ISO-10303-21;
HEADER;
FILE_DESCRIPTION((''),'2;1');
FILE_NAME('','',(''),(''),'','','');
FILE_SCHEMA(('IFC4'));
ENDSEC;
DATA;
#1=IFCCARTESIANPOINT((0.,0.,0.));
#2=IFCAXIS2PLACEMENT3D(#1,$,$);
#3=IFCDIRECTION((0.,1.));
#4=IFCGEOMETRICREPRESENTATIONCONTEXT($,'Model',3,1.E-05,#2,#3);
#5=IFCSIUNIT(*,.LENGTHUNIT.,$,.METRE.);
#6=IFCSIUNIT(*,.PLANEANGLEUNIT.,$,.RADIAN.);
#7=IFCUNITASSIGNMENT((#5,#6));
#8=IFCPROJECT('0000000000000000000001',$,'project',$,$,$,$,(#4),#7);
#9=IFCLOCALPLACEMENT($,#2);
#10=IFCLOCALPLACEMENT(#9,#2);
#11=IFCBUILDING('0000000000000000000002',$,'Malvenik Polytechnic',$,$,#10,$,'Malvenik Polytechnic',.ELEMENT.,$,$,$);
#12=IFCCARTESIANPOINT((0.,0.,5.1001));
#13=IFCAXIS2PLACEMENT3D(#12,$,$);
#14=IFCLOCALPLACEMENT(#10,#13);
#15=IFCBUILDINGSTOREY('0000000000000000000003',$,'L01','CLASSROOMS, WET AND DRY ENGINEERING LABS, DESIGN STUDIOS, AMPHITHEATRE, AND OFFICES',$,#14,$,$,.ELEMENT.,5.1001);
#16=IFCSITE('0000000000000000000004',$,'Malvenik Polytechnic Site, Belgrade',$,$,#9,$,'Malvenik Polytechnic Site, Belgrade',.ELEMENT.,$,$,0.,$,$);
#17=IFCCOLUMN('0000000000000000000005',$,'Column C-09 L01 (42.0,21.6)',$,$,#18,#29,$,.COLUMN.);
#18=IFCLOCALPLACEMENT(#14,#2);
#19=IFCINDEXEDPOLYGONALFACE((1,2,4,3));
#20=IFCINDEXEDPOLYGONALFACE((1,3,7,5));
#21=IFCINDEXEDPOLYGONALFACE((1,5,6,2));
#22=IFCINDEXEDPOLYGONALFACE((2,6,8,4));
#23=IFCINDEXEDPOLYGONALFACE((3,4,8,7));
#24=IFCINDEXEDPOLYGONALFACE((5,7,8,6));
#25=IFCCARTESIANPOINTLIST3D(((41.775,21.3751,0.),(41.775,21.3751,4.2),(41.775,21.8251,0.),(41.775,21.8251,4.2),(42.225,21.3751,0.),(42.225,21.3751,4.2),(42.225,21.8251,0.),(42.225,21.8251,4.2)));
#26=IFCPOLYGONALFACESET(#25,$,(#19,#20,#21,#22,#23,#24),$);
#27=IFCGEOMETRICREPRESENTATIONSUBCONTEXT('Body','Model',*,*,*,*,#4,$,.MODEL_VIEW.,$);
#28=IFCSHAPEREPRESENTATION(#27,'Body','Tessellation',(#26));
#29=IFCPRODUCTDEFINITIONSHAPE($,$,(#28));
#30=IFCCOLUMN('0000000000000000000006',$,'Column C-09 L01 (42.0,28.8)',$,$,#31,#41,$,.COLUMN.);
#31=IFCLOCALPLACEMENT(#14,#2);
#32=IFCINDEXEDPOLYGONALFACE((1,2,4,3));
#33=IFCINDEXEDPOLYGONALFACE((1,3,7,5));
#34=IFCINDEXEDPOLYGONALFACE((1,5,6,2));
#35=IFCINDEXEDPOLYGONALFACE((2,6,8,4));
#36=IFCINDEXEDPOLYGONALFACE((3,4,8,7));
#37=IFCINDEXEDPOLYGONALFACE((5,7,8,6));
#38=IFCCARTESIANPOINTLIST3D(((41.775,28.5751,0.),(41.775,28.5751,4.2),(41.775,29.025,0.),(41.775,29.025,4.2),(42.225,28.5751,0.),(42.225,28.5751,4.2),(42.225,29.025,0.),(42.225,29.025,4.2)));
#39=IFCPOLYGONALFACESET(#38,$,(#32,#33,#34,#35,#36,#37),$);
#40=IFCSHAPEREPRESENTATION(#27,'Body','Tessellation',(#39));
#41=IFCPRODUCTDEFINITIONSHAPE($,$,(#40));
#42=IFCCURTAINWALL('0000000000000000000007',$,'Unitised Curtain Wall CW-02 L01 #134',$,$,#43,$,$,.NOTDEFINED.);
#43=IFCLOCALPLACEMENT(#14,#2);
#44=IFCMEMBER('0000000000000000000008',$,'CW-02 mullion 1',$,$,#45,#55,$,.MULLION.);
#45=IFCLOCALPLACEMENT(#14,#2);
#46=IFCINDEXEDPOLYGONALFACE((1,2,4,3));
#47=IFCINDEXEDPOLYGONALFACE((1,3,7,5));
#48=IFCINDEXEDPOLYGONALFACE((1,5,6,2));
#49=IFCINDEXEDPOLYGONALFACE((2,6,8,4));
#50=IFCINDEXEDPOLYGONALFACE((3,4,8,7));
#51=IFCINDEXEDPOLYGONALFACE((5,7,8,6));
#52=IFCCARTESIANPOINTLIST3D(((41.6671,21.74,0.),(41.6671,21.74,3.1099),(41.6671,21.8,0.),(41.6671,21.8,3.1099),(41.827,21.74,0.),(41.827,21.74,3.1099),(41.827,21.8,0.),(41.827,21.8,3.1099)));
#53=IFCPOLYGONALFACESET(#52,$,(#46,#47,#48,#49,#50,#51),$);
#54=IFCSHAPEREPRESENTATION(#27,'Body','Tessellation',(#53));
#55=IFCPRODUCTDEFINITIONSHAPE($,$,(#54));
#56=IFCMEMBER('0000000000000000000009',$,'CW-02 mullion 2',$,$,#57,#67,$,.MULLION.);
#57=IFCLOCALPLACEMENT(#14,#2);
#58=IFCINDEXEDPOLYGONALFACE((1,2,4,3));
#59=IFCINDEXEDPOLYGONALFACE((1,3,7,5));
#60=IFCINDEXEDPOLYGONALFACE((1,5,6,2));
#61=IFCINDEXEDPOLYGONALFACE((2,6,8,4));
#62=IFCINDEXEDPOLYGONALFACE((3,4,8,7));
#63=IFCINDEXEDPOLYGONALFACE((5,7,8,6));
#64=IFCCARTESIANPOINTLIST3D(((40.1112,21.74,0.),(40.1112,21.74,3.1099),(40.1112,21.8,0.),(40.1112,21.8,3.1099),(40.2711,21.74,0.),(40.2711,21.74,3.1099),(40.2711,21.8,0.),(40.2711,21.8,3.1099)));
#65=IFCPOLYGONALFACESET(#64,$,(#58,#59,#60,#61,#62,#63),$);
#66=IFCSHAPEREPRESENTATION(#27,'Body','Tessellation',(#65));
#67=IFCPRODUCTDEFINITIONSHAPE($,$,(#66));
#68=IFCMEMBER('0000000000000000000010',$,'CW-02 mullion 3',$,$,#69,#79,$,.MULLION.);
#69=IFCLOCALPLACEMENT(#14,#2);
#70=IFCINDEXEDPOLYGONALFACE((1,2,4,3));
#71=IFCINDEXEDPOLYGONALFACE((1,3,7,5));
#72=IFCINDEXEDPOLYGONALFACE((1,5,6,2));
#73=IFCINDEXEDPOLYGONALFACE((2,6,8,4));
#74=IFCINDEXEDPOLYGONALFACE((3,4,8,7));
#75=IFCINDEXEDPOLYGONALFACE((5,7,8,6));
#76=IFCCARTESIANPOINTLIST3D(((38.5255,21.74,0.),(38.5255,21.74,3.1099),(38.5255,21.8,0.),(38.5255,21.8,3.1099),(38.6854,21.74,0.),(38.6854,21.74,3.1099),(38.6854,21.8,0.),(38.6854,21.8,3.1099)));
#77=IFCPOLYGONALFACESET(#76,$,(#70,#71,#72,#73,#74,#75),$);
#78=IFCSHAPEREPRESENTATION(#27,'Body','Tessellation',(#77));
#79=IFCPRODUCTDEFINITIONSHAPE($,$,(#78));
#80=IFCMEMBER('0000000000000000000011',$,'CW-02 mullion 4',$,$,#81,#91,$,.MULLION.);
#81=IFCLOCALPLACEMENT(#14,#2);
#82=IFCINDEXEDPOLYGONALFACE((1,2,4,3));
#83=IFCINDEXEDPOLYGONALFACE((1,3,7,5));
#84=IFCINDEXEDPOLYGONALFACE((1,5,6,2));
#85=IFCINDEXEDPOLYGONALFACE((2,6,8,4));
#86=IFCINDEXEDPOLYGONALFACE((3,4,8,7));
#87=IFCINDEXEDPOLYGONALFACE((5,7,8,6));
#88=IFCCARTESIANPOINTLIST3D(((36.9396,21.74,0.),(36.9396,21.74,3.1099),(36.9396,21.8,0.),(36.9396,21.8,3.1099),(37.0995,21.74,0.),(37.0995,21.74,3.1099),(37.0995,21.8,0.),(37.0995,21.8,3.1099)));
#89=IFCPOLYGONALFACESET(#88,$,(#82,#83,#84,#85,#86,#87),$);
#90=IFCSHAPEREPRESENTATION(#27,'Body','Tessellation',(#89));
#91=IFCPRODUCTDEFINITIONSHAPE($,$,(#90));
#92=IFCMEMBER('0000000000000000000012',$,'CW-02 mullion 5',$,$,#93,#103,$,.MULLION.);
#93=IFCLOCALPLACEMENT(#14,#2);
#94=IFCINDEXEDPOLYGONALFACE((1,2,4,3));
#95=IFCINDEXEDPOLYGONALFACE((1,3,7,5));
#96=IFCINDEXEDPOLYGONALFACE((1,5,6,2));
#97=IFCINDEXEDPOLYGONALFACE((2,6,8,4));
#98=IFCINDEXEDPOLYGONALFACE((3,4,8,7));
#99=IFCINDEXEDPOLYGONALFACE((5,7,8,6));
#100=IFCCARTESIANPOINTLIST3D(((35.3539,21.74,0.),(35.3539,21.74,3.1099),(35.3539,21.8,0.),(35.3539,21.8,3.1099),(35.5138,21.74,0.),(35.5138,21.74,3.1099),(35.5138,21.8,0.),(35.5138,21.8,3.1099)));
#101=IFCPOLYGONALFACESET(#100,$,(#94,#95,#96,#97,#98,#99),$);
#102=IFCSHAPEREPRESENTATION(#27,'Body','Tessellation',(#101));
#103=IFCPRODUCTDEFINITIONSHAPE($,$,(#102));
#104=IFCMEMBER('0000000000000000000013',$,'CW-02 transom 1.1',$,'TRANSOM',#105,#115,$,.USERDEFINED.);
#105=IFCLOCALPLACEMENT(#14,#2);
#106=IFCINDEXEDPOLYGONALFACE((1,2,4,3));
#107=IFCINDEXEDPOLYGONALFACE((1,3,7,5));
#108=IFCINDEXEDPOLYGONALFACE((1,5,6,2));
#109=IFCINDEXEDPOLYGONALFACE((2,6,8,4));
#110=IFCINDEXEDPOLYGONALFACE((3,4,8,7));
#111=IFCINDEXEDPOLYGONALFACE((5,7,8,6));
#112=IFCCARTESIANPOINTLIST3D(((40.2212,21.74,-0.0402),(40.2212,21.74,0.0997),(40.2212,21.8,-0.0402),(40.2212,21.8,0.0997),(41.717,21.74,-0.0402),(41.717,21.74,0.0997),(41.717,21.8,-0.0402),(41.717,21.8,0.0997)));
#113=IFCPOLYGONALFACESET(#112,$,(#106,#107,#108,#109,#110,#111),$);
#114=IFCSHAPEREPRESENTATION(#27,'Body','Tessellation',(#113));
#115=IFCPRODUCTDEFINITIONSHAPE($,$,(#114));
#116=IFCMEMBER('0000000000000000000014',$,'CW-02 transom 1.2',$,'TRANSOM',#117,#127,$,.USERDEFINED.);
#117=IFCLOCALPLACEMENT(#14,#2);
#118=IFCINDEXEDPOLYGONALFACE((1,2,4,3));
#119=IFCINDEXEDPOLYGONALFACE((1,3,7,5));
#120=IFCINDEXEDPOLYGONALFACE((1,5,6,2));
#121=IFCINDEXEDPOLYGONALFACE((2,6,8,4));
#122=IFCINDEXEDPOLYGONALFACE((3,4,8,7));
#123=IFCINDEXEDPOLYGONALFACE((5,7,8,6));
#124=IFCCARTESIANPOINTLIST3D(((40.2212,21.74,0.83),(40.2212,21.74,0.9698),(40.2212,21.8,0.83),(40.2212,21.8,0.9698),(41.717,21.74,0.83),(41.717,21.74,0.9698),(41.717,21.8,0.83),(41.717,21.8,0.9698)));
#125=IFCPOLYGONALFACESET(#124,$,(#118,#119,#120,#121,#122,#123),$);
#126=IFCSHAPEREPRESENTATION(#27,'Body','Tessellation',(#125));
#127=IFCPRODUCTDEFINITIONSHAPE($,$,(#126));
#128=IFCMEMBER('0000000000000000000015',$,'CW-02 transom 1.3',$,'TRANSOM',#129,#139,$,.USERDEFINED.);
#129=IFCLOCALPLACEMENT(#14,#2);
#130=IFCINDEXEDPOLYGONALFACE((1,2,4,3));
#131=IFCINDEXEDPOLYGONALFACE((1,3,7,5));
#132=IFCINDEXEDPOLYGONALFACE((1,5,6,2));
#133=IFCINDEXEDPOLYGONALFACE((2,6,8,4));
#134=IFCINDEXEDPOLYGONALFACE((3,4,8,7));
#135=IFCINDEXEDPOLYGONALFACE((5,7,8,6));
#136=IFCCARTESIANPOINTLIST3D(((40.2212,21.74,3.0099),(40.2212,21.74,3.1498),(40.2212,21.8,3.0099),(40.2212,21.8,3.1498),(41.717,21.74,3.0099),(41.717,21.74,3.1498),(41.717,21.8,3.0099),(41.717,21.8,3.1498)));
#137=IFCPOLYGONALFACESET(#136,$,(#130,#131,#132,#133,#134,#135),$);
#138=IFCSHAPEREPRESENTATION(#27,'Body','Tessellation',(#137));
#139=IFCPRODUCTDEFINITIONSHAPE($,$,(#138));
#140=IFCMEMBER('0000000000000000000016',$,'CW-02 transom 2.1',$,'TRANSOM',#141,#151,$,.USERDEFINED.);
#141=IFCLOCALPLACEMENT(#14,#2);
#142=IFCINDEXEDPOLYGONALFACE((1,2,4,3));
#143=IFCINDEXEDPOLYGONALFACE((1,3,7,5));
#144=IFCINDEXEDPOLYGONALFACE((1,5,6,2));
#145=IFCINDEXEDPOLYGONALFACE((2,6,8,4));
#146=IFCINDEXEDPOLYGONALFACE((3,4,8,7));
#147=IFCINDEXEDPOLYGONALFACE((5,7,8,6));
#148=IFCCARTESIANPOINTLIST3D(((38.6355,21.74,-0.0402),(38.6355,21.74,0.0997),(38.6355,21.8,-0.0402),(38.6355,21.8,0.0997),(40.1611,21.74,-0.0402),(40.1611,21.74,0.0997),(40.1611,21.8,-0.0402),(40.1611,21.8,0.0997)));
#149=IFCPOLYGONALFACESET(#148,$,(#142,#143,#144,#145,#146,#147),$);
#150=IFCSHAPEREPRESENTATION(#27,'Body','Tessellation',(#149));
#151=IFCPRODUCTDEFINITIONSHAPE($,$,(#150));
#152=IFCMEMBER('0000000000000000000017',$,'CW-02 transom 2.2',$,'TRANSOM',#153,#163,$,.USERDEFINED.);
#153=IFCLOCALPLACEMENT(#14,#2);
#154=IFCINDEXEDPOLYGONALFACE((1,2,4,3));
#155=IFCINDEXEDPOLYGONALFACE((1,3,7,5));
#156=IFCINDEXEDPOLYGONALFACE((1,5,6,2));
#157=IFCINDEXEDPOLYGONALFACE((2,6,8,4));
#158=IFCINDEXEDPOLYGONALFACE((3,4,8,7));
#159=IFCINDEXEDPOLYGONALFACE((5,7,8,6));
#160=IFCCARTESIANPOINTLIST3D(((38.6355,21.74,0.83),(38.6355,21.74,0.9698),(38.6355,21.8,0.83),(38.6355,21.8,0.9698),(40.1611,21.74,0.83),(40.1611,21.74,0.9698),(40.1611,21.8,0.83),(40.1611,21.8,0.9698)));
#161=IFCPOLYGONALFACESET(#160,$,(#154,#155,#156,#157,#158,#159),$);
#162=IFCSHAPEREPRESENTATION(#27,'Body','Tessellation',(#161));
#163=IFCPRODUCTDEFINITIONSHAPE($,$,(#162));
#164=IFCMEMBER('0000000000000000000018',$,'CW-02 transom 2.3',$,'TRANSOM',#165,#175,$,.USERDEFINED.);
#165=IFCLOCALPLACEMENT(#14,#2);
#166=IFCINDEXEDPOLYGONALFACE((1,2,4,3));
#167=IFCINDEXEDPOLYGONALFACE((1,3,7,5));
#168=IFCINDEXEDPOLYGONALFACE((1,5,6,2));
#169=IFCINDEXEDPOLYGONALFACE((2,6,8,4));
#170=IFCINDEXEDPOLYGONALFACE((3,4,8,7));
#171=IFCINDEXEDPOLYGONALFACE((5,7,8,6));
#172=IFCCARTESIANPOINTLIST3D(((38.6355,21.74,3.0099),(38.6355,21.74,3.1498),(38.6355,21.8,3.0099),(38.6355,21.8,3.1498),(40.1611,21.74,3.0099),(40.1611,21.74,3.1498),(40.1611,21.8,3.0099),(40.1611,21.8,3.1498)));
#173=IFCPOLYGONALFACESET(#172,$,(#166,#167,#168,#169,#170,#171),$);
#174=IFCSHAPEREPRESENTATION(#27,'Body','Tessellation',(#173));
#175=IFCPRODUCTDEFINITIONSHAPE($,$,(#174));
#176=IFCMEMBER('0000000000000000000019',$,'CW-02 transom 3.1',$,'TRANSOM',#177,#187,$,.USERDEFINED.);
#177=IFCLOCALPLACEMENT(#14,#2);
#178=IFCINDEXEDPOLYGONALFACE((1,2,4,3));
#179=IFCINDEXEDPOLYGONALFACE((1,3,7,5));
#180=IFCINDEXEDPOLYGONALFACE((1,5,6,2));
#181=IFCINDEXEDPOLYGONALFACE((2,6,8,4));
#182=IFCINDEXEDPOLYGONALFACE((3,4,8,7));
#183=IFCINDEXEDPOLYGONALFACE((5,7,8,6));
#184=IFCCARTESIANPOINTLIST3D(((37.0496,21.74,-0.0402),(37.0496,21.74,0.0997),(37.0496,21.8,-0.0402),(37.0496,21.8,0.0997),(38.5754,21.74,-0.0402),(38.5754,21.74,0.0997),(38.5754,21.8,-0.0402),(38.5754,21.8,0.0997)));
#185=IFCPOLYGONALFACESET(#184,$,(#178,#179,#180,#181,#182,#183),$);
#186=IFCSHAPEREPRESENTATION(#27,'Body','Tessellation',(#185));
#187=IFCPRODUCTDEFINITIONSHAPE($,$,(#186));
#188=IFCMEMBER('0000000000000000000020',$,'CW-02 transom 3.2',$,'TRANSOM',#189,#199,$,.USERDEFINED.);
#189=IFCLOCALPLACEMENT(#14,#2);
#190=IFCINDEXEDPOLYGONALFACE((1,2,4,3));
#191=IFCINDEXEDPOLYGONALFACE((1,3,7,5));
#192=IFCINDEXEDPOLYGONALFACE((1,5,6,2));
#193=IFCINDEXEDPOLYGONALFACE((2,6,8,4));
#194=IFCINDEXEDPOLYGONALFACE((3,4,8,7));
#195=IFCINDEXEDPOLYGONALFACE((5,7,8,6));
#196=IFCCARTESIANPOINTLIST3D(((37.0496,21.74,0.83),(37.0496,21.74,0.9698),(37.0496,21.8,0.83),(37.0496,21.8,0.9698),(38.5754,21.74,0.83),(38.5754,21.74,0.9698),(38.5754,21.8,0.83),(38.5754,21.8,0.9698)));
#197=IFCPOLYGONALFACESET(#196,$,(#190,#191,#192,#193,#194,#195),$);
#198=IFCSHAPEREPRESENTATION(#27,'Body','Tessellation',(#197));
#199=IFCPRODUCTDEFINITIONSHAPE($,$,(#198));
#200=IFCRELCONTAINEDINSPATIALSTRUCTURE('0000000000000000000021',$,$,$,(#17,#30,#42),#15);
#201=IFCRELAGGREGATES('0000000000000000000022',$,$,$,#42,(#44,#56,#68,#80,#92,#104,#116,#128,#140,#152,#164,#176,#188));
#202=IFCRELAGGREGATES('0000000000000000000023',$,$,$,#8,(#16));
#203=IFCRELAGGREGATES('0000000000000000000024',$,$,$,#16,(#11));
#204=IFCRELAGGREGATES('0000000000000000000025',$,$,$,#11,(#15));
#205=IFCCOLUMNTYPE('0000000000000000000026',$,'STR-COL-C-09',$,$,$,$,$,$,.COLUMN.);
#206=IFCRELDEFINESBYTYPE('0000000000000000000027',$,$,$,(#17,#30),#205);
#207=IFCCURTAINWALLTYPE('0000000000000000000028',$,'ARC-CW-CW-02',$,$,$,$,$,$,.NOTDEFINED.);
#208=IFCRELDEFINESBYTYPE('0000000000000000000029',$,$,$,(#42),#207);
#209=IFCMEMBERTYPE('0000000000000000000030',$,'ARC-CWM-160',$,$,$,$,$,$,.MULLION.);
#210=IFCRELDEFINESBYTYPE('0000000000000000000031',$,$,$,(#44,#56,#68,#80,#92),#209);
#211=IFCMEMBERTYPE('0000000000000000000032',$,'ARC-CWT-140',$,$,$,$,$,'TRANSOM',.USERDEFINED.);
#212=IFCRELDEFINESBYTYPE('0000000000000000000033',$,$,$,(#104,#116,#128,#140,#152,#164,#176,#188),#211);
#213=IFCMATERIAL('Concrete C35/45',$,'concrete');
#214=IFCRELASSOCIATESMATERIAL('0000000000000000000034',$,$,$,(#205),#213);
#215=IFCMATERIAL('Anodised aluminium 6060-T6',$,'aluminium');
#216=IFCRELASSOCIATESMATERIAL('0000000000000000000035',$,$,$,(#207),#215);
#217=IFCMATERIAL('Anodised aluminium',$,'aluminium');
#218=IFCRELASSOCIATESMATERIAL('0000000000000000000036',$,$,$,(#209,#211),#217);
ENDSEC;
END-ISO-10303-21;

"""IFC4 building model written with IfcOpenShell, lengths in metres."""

from ifc_helpers import new_model, si_unit, direction, frame, origin, origin_2d, place, context, subcontext, project, spatial, rectangle, extrude, material, material_profile, profile_set, type_object, element, aggregate, save


model = new_model("IFC4")

# Units and contexts
model_context = context("Model", 3, precision=1e-05, world=origin(), true_north=direction((0.0, 1.0)))
body_context = subcontext(model_context, "Body", "Model", "MODEL_VIEW")
ifc_project = project(units=[si_unit("LENGTHUNIT", "METRE"), si_unit("PLANEANGLEUNIT", "RADIAN")], contexts=[model_context])

# Site, building, storey
site_placement = place(None, origin())
site = spatial("IfcSite", under=ifc_project, at=site_placement, Name="Malvenik Polytechnic Site, Belgrade", LongName="Malvenik Polytechnic Site, Belgrade", CompositionType="ELEMENT", RefElevation=0.0)
building_placement = place(site_placement, origin())
building = spatial("IfcBuilding", under=site, at=building_placement, Name="Malvenik Polytechnic", LongName="Malvenik Polytechnic", CompositionType="ELEMENT")
storey_placement = place(building_placement, frame((0.0, 0.0, 5.1001)))
storey = spatial("IfcBuildingStorey", under=building, at=storey_placement, Name="L01", Description="CLASSROOMS, WET AND DRY ENGINEERING LABS, DESIGN STUDIOS, AMPHITHEATRE, AND OFFICES", CompositionType="ELEMENT", Elevation=5.1001)

# Columns
ifc_material_1 = material(Name="Concrete C35/45", Category="concrete")
ifc_material_profile_1 = material_profile(ifc_material_1, rectangle(XDim=0.45, YDim=0.45, at=origin_2d()), Name="RC COL 450x450")
ifc_profile_set_1 = profile_set([ifc_material_profile_1], Name="Concrete C35/45")
column_type = type_object("IfcColumnType", Name="STR-COL-C-09", PredefinedType="COLUMN", material=ifc_profile_set_1)
for number, where, z_axis, x_axis, name in (
    (1, (42.0, 21.6001, 0.0), (0.0, 0.0, 1.0), (1.0, 0.0, 0.0), "Column C-09 L01 (42.0,21.6)"),
    (2, (42.0, 28.8, 0.0), (0.0, 0.0, 1.0), (1.0, 0.0, 0.0), "Column C-09 L01 (42.0,28.8)"),
):
    element("IfcColumn", number, at=place(storey_placement, frame(where, z_axis=z_axis, x_axis=x_axis)), inside=storey, type_object=column_type, Name=name, PredefinedType="COLUMN", context=body_context, shape_type="SweptSolid", body=[
        extrude(rectangle(XDim=0.45, YDim=0.45, at=origin_2d()), origin(), (0.0, 0.0, 1.0), 4.2),
    ])

# Curtain wall, members
ifc_material_2 = material(Name="Anodised aluminium 6060-T6", Category="aluminium")
curtain_wall_type = type_object("IfcCurtainWallType", Name="ARC-CW-CW-02", PredefinedType="NOTDEFINED", material=ifc_material_2)
curtain_wall_placement = place(storey_placement, origin())
curtain_wall = element("IfcCurtainWall", 3, at=curtain_wall_placement, inside=storey, type_object=curtain_wall_type, Name="Unitised Curtain Wall CW-02 L01 #134", PredefinedType="NOTDEFINED")
ifc_material_3 = material(Name="Anodised aluminium", Category="aluminium")
ifc_material_profile_2 = material_profile(ifc_material_3, rectangle(XDim=0.0601, YDim=0.1599, at=origin_2d()), Name="ALU MULLION 60x160")
ifc_profile_set_2 = profile_set([ifc_material_profile_2], Name="Anodised aluminium")
member_type_1 = type_object("IfcMemberType", Name="ARC-CWM-160", PredefinedType="MULLION", material=ifc_profile_set_2)
member_1_placement = place(storey_placement, frame((41.7471, 21.77, 0.0), z_axis=(0.0, 0.0, 1.0), x_axis=(0.0, -1.0, 0.0)))
member_1 = element("IfcMember", 4, at=member_1_placement, type_object=member_type_1, Name="CW-02 mullion 1", PredefinedType="MULLION", context=body_context, shape_type="SweptSolid", body=[
    extrude(rectangle(XDim=0.0601, YDim=0.1599, at=origin_2d()), origin(), (0.0, 0.0, 1.0), 3.1099),
])
member_2_placement = place(storey_placement, frame((40.1912, 21.77, 0.0), z_axis=(0.0, 0.0, 1.0), x_axis=(0.0, -1.0, 0.0)))
member_2 = element("IfcMember", 5, at=member_2_placement, type_object=member_type_1, Name="CW-02 mullion 2", PredefinedType="MULLION", context=body_context, shape_type="SweptSolid", body=[
    extrude(rectangle(XDim=0.0601, YDim=0.1599, at=origin_2d()), origin(), (0.0, 0.0, 1.0), 3.1099),
])
member_3_placement = place(storey_placement, frame((38.6055, 21.77, 0.0), z_axis=(0.0, 0.0, 1.0), x_axis=(0.0, -1.0, 0.0)))
member_3 = element("IfcMember", 6, at=member_3_placement, type_object=member_type_1, Name="CW-02 mullion 3", PredefinedType="MULLION", context=body_context, shape_type="SweptSolid", body=[
    extrude(rectangle(XDim=0.0601, YDim=0.1599, at=origin_2d()), origin(), (0.0, 0.0, 1.0), 3.1099),
])
member_4_placement = place(storey_placement, frame((37.0195, 21.77, 0.0), z_axis=(0.0, 0.0, 1.0), x_axis=(0.0, -1.0, 0.0)))
member_4 = element("IfcMember", 7, at=member_4_placement, type_object=member_type_1, Name="CW-02 mullion 4", PredefinedType="MULLION", context=body_context, shape_type="SweptSolid", body=[
    extrude(rectangle(XDim=0.0601, YDim=0.1599, at=origin_2d()), origin(), (0.0, 0.0, 1.0), 3.1099),
])
member_5_placement = place(storey_placement, frame((35.4338, 21.77, 0.0), z_axis=(0.0, 0.0, 1.0), x_axis=(0.0, -1.0, 0.0)))
member_5 = element("IfcMember", 8, at=member_5_placement, type_object=member_type_1, Name="CW-02 mullion 5", PredefinedType="MULLION", context=body_context, shape_type="SweptSolid", body=[
    extrude(rectangle(XDim=0.0601, YDim=0.1599, at=origin_2d()), origin(), (0.0, 0.0, 1.0), 3.1099),
])
ifc_material_profile_3 = material_profile(ifc_material_3, rectangle(XDim=0.0601, YDim=0.1399, at=origin_2d()), Name="ALU TRANSOM 60x140")
ifc_profile_set_3 = profile_set([ifc_material_profile_3], Name="Anodised aluminium")
member_type_2 = type_object("IfcMemberType", Name="ARC-CWT-140", ElementType="TRANSOM", PredefinedType="USERDEFINED", material=ifc_profile_set_3)
member_6_placement = place(storey_placement, frame((41.717, 21.77, 0.0298), z_axis=(-1.0, 0.0, 0.0), x_axis=(0.0, -1.0, 0.0)))
member_6 = element("IfcMember", 9, at=member_6_placement, type_object=member_type_2, Name="CW-02 transom 1.1", ObjectType="TRANSOM", PredefinedType="USERDEFINED", context=body_context, shape_type="SweptSolid", body=[
    extrude(rectangle(XDim=0.0601, YDim=0.1399, at=origin_2d()), origin(), (0.0, 0.0, 1.0), 1.4958),
])
member_7_placement = place(storey_placement, frame((41.717, 21.77, 0.8999), z_axis=(-1.0, 0.0, 0.0), x_axis=(0.0, -1.0, 0.0)))
member_7 = element("IfcMember", 10, at=member_7_placement, type_object=member_type_2, Name="CW-02 transom 1.2", ObjectType="TRANSOM", PredefinedType="USERDEFINED", context=body_context, shape_type="SweptSolid", body=[
    extrude(rectangle(XDim=0.0601, YDim=0.1399, at=origin_2d()), origin(), (0.0, 0.0, 1.0), 1.4958),
])
member_8_placement = place(storey_placement, frame((41.717, 21.77, 3.0798), z_axis=(-1.0, 0.0, 0.0), x_axis=(0.0, -1.0, 0.0)))
member_8 = element("IfcMember", 11, at=member_8_placement, type_object=member_type_2, Name="CW-02 transom 1.3", ObjectType="TRANSOM", PredefinedType="USERDEFINED", context=body_context, shape_type="SweptSolid", body=[
    extrude(rectangle(XDim=0.0601, YDim=0.1399, at=origin_2d()), origin(), (0.0, 0.0, 1.0), 1.4958),
])
member_9_placement = place(storey_placement, frame((40.1611, 21.77, 0.0298), z_axis=(-1.0, 0.0, 0.0), x_axis=(0.0, -1.0, 0.0)))
member_9 = element("IfcMember", 12, at=member_9_placement, type_object=member_type_2, Name="CW-02 transom 2.1", ObjectType="TRANSOM", PredefinedType="USERDEFINED", context=body_context, shape_type="SweptSolid", body=[
    extrude(rectangle(XDim=0.0601, YDim=0.1399, at=origin_2d()), origin(), (0.0, 0.0, 1.0), 1.5256),
])
member_10_placement = place(storey_placement, frame((40.1611, 21.77, 0.8999), z_axis=(-1.0, 0.0, 0.0), x_axis=(0.0, -1.0, 0.0)))
member_10 = element("IfcMember", 13, at=member_10_placement, type_object=member_type_2, Name="CW-02 transom 2.2", ObjectType="TRANSOM", PredefinedType="USERDEFINED", context=body_context, shape_type="SweptSolid", body=[
    extrude(rectangle(XDim=0.0601, YDim=0.1399, at=origin_2d()), origin(), (0.0, 0.0, 1.0), 1.5256),
])
member_11_placement = place(storey_placement, frame((40.1611, 21.77, 3.0798), z_axis=(-1.0, 0.0, 0.0), x_axis=(0.0, -1.0, 0.0)))
member_11 = element("IfcMember", 14, at=member_11_placement, type_object=member_type_2, Name="CW-02 transom 2.3", ObjectType="TRANSOM", PredefinedType="USERDEFINED", context=body_context, shape_type="SweptSolid", body=[
    extrude(rectangle(XDim=0.0601, YDim=0.1399, at=origin_2d()), origin(), (0.0, 0.0, 1.0), 1.5256),
])
member_12_placement = place(storey_placement, frame((38.5754, 21.77, 0.0298), z_axis=(-1.0, 0.0, 0.0), x_axis=(0.0, -1.0, 0.0)))
member_12 = element("IfcMember", 15, at=member_12_placement, type_object=member_type_2, Name="CW-02 transom 3.1", ObjectType="TRANSOM", PredefinedType="USERDEFINED", context=body_context, shape_type="SweptSolid", body=[
    extrude(rectangle(XDim=0.0601, YDim=0.1399, at=origin_2d()), origin(), (0.0, 0.0, 1.0), 1.5259),
])
member_13_placement = place(storey_placement, frame((38.5754, 21.77, 0.8999), z_axis=(-1.0, 0.0, 0.0), x_axis=(0.0, -1.0, 0.0)))
member_13 = element("IfcMember", 16, at=member_13_placement, type_object=member_type_2, Name="CW-02 transom 3.2", ObjectType="TRANSOM", PredefinedType="USERDEFINED", context=body_context, shape_type="SweptSolid", body=[
    extrude(rectangle(XDim=0.0601, YDim=0.1399, at=origin_2d()), origin(), (0.0, 0.0, 1.0), 1.5259),
])

aggregate(curtain_wall, [member_1, member_2, member_3, member_4, member_5, member_6, member_7, member_8, member_9, member_10, member_11, member_12, member_13])

save(model, "model.ifc")
